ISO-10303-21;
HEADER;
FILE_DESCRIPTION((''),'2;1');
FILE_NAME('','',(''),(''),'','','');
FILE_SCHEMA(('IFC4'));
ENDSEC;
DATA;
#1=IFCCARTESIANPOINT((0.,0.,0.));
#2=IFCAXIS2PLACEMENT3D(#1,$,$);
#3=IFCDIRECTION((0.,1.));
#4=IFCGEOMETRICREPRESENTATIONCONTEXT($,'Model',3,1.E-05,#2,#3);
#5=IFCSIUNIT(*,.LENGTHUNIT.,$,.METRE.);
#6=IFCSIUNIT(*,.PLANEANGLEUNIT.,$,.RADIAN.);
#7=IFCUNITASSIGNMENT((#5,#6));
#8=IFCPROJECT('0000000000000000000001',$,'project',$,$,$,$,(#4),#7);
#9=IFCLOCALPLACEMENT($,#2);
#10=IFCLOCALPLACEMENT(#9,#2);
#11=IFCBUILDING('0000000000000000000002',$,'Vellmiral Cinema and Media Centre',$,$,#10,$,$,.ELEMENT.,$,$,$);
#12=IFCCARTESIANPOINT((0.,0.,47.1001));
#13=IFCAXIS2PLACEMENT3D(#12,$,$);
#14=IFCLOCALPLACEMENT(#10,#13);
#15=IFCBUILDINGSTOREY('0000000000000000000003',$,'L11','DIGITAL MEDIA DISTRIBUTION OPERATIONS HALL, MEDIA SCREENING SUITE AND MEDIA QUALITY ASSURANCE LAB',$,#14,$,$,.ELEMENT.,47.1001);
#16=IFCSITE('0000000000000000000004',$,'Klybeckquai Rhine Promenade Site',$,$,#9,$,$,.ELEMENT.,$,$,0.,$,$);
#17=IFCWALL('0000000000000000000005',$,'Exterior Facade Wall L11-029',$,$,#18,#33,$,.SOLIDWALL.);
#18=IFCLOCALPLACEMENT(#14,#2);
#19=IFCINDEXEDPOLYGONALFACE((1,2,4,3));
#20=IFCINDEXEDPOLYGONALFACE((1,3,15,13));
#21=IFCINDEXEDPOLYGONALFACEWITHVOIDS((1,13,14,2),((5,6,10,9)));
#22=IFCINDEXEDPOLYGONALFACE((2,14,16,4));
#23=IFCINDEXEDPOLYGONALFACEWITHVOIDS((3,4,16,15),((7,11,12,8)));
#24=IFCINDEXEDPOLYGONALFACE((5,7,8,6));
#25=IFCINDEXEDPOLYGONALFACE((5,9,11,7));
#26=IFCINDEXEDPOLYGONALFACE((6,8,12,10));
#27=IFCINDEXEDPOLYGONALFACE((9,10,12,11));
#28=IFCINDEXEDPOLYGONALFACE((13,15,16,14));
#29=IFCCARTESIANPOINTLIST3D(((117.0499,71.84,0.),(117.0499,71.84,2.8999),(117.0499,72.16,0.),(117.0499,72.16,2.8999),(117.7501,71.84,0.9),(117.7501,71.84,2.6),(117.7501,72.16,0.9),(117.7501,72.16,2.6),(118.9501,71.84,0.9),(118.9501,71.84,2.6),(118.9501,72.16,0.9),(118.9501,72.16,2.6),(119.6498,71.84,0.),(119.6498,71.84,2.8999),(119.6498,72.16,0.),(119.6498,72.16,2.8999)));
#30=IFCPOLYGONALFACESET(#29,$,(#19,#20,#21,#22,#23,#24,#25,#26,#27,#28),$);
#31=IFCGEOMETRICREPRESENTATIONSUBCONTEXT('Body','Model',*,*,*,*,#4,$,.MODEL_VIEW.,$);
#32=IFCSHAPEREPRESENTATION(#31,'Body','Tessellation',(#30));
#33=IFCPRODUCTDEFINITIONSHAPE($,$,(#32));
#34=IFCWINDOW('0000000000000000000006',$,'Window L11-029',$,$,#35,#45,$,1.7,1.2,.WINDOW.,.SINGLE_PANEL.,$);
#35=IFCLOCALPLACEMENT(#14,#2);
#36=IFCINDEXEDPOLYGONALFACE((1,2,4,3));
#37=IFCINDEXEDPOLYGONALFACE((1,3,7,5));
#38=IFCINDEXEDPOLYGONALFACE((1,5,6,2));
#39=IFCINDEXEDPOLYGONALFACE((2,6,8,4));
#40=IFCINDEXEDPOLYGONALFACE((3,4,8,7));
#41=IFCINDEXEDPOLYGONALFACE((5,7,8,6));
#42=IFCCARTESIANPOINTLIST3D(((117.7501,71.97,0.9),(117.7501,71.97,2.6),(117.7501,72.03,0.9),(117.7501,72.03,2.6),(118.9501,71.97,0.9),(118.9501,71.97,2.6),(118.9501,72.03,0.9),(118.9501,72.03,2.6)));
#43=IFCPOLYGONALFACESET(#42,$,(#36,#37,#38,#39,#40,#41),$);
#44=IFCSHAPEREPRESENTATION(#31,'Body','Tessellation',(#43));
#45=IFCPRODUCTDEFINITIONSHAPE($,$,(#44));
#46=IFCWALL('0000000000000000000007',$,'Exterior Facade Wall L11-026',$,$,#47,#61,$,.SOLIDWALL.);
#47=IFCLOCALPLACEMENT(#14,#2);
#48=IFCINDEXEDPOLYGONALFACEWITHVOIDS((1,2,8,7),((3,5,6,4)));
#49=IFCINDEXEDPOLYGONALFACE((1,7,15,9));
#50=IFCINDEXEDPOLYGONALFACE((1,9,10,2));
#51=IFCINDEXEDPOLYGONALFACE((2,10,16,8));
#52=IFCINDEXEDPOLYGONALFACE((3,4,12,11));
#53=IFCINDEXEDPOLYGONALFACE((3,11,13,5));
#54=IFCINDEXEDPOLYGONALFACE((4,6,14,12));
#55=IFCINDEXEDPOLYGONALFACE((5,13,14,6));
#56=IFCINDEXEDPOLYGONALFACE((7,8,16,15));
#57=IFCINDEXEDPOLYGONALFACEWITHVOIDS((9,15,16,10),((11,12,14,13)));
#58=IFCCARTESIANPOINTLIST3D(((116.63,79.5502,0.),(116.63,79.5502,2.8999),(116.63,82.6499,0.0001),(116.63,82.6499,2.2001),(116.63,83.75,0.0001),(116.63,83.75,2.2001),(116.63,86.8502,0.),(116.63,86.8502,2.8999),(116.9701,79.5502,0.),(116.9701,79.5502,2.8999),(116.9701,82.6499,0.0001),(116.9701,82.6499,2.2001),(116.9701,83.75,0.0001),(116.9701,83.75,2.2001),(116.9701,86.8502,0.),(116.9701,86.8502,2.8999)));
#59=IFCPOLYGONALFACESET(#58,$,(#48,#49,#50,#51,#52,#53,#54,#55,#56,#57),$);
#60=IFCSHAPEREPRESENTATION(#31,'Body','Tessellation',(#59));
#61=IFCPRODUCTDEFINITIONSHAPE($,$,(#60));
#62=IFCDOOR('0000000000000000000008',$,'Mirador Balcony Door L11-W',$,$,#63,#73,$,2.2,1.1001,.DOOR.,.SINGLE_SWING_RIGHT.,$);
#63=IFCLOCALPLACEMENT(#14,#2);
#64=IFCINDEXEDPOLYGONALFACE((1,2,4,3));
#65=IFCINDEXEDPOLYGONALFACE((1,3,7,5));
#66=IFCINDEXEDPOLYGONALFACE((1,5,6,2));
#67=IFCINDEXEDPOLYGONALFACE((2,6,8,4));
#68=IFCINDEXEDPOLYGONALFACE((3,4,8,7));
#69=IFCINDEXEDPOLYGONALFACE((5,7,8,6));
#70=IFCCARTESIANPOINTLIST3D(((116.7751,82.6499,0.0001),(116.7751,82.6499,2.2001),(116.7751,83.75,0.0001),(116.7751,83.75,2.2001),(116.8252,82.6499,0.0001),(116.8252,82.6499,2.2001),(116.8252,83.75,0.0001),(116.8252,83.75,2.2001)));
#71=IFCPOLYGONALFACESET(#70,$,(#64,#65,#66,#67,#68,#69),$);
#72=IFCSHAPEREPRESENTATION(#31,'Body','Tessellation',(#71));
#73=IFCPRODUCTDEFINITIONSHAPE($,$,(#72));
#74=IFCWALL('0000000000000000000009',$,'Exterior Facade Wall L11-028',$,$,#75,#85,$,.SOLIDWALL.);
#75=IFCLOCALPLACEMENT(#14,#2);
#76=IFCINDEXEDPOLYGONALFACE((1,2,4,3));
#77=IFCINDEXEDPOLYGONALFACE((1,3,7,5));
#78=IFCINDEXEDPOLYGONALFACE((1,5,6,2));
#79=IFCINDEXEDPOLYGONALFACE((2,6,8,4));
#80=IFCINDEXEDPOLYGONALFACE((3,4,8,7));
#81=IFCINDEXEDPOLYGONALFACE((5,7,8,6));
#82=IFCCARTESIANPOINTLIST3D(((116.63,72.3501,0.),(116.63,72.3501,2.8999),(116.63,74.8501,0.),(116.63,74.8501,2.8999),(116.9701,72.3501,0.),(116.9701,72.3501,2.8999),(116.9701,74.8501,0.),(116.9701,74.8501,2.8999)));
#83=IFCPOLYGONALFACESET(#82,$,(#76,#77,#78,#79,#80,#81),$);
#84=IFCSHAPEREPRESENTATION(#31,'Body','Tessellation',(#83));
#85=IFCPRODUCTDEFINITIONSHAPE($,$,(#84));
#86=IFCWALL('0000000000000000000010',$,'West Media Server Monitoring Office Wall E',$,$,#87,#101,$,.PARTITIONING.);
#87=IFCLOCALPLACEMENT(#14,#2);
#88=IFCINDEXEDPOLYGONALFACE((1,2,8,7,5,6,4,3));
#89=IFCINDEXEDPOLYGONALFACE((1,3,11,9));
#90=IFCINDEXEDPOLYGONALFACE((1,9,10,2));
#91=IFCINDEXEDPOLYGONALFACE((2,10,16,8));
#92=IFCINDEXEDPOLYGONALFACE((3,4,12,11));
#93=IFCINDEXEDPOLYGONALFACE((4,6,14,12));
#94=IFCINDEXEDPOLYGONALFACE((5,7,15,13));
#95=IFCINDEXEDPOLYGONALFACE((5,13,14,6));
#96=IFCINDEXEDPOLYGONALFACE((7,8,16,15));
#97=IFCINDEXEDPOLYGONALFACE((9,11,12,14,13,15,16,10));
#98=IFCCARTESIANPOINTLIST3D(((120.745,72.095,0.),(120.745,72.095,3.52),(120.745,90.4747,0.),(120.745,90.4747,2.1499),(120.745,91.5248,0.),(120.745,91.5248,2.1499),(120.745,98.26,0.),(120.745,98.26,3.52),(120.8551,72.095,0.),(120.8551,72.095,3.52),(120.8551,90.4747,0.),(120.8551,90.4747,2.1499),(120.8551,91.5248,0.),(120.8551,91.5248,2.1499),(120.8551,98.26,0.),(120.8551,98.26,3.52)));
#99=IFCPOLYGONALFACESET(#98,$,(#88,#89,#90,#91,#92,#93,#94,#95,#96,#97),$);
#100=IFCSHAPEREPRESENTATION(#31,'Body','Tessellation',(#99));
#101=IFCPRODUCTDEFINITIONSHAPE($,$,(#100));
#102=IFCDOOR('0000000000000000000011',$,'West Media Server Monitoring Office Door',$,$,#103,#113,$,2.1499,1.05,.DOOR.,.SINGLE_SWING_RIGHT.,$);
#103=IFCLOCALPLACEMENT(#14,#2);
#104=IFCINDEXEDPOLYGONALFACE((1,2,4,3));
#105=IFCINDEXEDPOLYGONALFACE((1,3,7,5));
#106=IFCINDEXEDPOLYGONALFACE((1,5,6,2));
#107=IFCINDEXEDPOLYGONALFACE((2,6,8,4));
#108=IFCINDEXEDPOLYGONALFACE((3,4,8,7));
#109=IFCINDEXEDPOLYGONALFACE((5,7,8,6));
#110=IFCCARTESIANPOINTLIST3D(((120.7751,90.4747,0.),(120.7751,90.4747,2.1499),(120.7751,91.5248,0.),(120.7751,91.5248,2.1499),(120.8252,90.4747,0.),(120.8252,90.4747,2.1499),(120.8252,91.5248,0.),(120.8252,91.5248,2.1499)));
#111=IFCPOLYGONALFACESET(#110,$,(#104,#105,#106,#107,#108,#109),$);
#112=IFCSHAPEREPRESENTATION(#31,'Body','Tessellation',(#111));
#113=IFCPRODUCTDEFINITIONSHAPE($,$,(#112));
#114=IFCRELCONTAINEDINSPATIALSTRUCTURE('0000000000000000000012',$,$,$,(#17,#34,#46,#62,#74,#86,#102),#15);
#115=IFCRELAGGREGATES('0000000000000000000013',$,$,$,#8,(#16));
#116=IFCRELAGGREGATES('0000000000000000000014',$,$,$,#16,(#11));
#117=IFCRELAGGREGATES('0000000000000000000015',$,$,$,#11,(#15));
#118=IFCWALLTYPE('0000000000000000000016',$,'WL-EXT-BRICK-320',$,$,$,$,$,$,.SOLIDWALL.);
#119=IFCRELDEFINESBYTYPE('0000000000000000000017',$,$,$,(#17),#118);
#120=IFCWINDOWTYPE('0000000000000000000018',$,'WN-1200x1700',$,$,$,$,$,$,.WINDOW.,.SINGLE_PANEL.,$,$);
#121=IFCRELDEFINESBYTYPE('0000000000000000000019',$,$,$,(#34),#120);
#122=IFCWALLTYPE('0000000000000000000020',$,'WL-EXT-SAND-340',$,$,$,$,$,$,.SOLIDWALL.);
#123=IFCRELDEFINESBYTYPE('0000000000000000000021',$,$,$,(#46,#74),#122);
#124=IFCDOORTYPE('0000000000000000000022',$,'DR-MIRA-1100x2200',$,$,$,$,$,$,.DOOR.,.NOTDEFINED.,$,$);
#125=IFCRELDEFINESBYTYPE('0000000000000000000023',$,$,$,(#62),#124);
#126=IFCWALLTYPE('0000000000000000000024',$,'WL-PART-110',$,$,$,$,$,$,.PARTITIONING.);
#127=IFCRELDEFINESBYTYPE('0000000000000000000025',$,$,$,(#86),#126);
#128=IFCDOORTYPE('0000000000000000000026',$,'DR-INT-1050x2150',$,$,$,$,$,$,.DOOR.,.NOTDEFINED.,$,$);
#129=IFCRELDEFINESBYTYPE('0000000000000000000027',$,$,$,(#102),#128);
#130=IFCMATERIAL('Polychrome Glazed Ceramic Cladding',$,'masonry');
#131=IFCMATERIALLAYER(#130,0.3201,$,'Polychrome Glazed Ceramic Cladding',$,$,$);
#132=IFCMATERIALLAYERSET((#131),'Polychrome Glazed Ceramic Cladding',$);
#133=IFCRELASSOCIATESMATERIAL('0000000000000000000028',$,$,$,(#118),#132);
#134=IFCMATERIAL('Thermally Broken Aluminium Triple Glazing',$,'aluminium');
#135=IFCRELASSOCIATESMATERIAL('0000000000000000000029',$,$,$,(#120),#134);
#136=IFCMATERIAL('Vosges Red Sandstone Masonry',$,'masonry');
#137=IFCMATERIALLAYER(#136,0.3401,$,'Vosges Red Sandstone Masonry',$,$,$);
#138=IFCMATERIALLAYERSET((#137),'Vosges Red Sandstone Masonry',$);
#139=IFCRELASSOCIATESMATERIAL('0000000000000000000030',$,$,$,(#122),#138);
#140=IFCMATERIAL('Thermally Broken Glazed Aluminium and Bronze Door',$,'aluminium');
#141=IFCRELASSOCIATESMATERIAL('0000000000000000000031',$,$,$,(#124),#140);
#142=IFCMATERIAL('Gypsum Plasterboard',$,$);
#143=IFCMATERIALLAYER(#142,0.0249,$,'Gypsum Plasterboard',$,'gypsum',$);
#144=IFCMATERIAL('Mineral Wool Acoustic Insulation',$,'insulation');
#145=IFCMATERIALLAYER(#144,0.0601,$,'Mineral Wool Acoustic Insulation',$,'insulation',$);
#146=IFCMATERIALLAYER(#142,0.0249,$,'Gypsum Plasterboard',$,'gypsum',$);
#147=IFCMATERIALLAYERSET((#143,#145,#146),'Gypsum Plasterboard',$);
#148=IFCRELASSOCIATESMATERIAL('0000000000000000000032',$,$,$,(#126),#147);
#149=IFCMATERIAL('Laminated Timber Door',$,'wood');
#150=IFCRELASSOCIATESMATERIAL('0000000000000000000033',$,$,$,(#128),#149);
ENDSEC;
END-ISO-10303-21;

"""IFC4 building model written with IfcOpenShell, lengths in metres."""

from ifc_helpers import new_model, si_unit, direction, frame, frame_2d, origin, place, context, subcontext, project, spatial, rectangle, extrude, material, layer, layer_set, type_object, element, fill, save


model = new_model("IFC4")

# Units and contexts
model_context = context("Model", 3, precision=1e-05, world=origin(), true_north=direction((0.0, 1.0)))
body_context = subcontext(model_context, "Body", "Model", "MODEL_VIEW")
ifc_project = project(units=[si_unit("LENGTHUNIT", "METRE"), si_unit("PLANEANGLEUNIT", "RADIAN")], contexts=[model_context])

# Site, building, storey
site_placement = place(None, origin())
site = spatial("IfcSite", under=ifc_project, at=site_placement, Name="Klybeckquai Rhine Promenade Site", CompositionType="ELEMENT", RefElevation=0.0)
building_placement = place(site_placement, origin())
building = spatial("IfcBuilding", under=site, at=building_placement, Name="Vellmiral Cinema and Media Centre", CompositionType="ELEMENT")
storey_placement = place(building_placement, frame((0.0, 0.0, 47.1001)))
storey = spatial("IfcBuildingStorey", under=building, at=storey_placement, Name="L11", Description="DIGITAL MEDIA DISTRIBUTION OPERATIONS HALL, MEDIA SCREENING SUITE AND MEDIA QUALITY ASSURANCE LAB", CompositionType="ELEMENT", Elevation=47.1001)

# Wall, opening, window
ifc_material_1 = material(Name="Polychrome Glazed Ceramic Cladding", Category="masonry")
ifc_layer_1 = layer(ifc_material_1, 0.3201, Name="Polychrome Glazed Ceramic Cladding")
ifc_layer_set_1 = layer_set([ifc_layer_1], Name="Polychrome Glazed Ceramic Cladding")
wall_type_1 = type_object("IfcWallType", Name="WL-EXT-BRICK-320", PredefinedType="SOLIDWALL", material=ifc_layer_set_1)
ifc_material_2 = material(Name="Thermally Broken Aluminium Triple Glazing", Category="aluminium")
window_type = type_object("IfcWindowType", Name="WN-1200x1700", PartitioningType="SINGLE_PANEL", PredefinedType="WINDOW", material=ifc_material_2)
wall_1_placement = place(storey_placement, frame((117.05, 72.0, 0.0), z_axis=(0.0, 0.0, 1.0), x_axis=(1.0, 0.0, 0.0)))
wall_1 = element("IfcWall", 1, at=wall_1_placement, inside=storey, type_object=wall_type_1, Name="Exterior Facade Wall L11-029", PredefinedType="SOLIDWALL", context=body_context, shape_type="SweptSolid", body=[
    extrude(rectangle(XDim=2.5999, YDim=0.3201, at=frame_2d((1.2998, 0.0))), origin(), (0.0, 0.0, 1.0), 2.8999),
])
opening_1_placement = place(wall_1_placement, frame((0.7, 0.0, 0.8999)))
opening_1 = element("IfcOpeningElement", 2, at=opening_1_placement, cuts=wall_1, PredefinedType="OPENING", context=body_context, shape_type="SweptSolid", body=[
    extrude(rectangle(XDim=1.2, YDim=1.7, at=frame_2d((0.6001, 0.8501))), frame((0.0, 0.1719, 0.0), z_axis=(0.0, -1.0, 0.0), x_axis=(1.0, 0.0, 0.0)), (0.0, 0.0, 1.0), 0.344),
])
window_1_placement = place(opening_1_placement, origin())
window_1 = element("IfcWindow", 3, at=window_1_placement, inside=storey, type_object=window_type, Name="Window L11-029", OverallHeight=1.7, OverallWidth=1.2, PartitioningType="SINGLE_PANEL", PredefinedType="WINDOW", context=body_context, shape_type="SweptSolid", body=[
    extrude(rectangle(XDim=1.2, YDim=1.7, at=frame_2d((0.6001, 0.8501))), frame((0.0, 0.03, 0.0), z_axis=(0.0, -1.0, 0.0), x_axis=(1.0, 0.0, 0.0)), (0.0, 0.0, 1.0), 0.0601),
])
fill(opening_1, window_1)

# Wall, opening, door
ifc_material_3 = material(Name="Vosges Red Sandstone Masonry", Category="masonry")
ifc_layer_2 = layer(ifc_material_3, 0.3401, Name="Vosges Red Sandstone Masonry")
ifc_layer_set_2 = layer_set([ifc_layer_2], Name="Vosges Red Sandstone Masonry")
wall_type_2 = type_object("IfcWallType", Name="WL-EXT-SAND-340", PredefinedType="SOLIDWALL", material=ifc_layer_set_2)
wall_2_placement = place(storey_placement, frame((116.8, 86.8501, 0.0), z_axis=(0.0, 0.0, 1.0), x_axis=(0.0, -1.0, 0.0)))
wall_2 = element("IfcWall", 4, at=wall_2_placement, inside=storey, type_object=wall_type_2, Name="Exterior Facade Wall L11-026", PredefinedType="SOLIDWALL", context=body_context, shape_type="SweptSolid", body=[
    extrude(rectangle(XDim=7.3, YDim=0.3401, at=frame_2d((3.6499, 0.0))), origin(), (0.0, 0.0, 1.0), 2.8999),
])
opening_2_placement = place(wall_2_placement, frame((3.1001, 0.0, 0.0)))
opening_2 = element("IfcOpeningElement", 5, at=opening_2_placement, cuts=wall_2, PredefinedType="OPENING", context=body_context, shape_type="SweptSolid", body=[
    extrude(rectangle(XDim=1.1001, YDim=2.2, at=frame_2d((0.55, 1.1001))), frame((0.0, 0.1821, 0.0), z_axis=(0.0, -1.0, 0.0), x_axis=(1.0, 0.0, 0.0)), (0.0, 0.0, 1.0), 0.364),
])
ifc_material_4 = material(Name="Thermally Broken Glazed Aluminium and Bronze Door", Category="aluminium")
door_type_1 = type_object("IfcDoorType", Name="DR-MIRA-1100x2200", OperationType="NOTDEFINED", PredefinedType="DOOR", material=ifc_material_4)
door_1_placement = place(opening_2_placement, frame((1.1001, 0.0, 0.0), z_axis=(0.0, 0.0, 1.0), x_axis=(-1.0, 0.0, 0.0)))
door_1 = element("IfcDoor", 6, at=door_1_placement, inside=storey, type_object=door_type_1, Name="Mirador Balcony Door L11-W", OperationType="SINGLE_SWING_RIGHT", OverallHeight=2.2, OverallWidth=1.1001, PredefinedType="DOOR", context=body_context, shape_type="SweptSolid", body=[
    extrude(rectangle(XDim=1.1001, YDim=2.2, at=frame_2d((0.55, 1.1001))), frame((0.0, 0.0249, 0.0), z_axis=(0.0, -1.0, 0.0), x_axis=(1.0, 0.0, 0.0)), (0.0, 0.0, 1.0), 0.05),
])
fill(opening_2, door_1)

# Wall
wall_3_placement = place(storey_placement, frame((116.8, 74.8501, 0.0), z_axis=(0.0, 0.0, 1.0), x_axis=(0.0, -1.0, 0.0)))
element("IfcWall", 7, at=wall_3_placement, inside=storey, type_object=wall_type_2, Name="Exterior Facade Wall L11-028", PredefinedType="SOLIDWALL", context=body_context, shape_type="SweptSolid", body=[
    extrude(rectangle(XDim=2.5, YDim=0.3401, at=frame_2d((1.25, 0.0))), origin(), (0.0, 0.0, 1.0), 2.8999),
])

# Wall, opening, door
ifc_material_5 = material(Name="Gypsum Plasterboard")
ifc_layer_3 = layer(ifc_material_5, 0.0249, Name="Gypsum Plasterboard", Category="gypsum")
ifc_material_6 = material(Name="Mineral Wool Acoustic Insulation", Category="insulation")
ifc_layer_4 = layer(ifc_material_6, 0.0601, Name="Mineral Wool Acoustic Insulation", Category="insulation")
ifc_layer_5 = layer(ifc_material_5, 0.0249, Name="Gypsum Plasterboard", Category="gypsum")
ifc_layer_set_3 = layer_set([ifc_layer_3, ifc_layer_4, ifc_layer_5], Name="Gypsum Plasterboard")
wall_type_3 = type_object("IfcWallType", Name="WL-PART-110", PredefinedType="PARTITIONING", material=ifc_layer_set_3)
wall_4_placement = place(storey_placement, frame((120.8, 72.095, 0.0), z_axis=(0.0, 0.0, 1.0), x_axis=(0.0, 1.0, 0.0)))
wall_4 = element("IfcWall", 8, at=wall_4_placement, inside=storey, type_object=wall_type_3, Name="West Media Server Monitoring Office Wall E", PredefinedType="PARTITIONING", context=body_context, shape_type="SweptSolid", body=[
    extrude(rectangle(XDim=26.165, YDim=0.1101, at=frame_2d((13.0825, 0.0))), origin(), (0.0, 0.0, 1.0), 3.52),
])
opening_3_placement = place(wall_4_placement, frame((18.3799, 0.0, 0.0)))
opening_3 = element("IfcOpeningElement", 9, at=opening_3_placement, cuts=wall_4, PredefinedType="OPENING", context=body_context, shape_type="SweptSolid", body=[
    extrude(rectangle(XDim=1.05, YDim=2.1499, at=frame_2d((0.5249, 1.075))), frame((0.0, 0.0669, 0.0), z_axis=(0.0, -1.0, 0.0), x_axis=(1.0, 0.0, 0.0)), (0.0, 0.0, 1.0), 0.134),
])
ifc_material_7 = material(Name="Laminated Timber Door", Category="wood")
door_type_2 = type_object("IfcDoorType", Name="DR-INT-1050x2150", OperationType="NOTDEFINED", PredefinedType="DOOR", material=ifc_material_7)
door_2_placement = place(opening_3_placement, origin())
door_2 = element("IfcDoor", 10, at=door_2_placement, inside=storey, type_object=door_type_2, Name="West Media Server Monitoring Office Door", OperationType="SINGLE_SWING_RIGHT", OverallHeight=2.1499, OverallWidth=1.05, PredefinedType="DOOR", context=body_context, shape_type="SweptSolid", body=[
    extrude(rectangle(XDim=1.05, YDim=2.1499, at=frame_2d((0.5249, 1.075))), frame((0.0, 0.0249, 0.0), z_axis=(0.0, -1.0, 0.0), x_axis=(1.0, 0.0, 0.0)), (0.0, 0.0, 1.0), 0.05),
])
fill(opening_3, door_2)

save(model, "model.ifc")
